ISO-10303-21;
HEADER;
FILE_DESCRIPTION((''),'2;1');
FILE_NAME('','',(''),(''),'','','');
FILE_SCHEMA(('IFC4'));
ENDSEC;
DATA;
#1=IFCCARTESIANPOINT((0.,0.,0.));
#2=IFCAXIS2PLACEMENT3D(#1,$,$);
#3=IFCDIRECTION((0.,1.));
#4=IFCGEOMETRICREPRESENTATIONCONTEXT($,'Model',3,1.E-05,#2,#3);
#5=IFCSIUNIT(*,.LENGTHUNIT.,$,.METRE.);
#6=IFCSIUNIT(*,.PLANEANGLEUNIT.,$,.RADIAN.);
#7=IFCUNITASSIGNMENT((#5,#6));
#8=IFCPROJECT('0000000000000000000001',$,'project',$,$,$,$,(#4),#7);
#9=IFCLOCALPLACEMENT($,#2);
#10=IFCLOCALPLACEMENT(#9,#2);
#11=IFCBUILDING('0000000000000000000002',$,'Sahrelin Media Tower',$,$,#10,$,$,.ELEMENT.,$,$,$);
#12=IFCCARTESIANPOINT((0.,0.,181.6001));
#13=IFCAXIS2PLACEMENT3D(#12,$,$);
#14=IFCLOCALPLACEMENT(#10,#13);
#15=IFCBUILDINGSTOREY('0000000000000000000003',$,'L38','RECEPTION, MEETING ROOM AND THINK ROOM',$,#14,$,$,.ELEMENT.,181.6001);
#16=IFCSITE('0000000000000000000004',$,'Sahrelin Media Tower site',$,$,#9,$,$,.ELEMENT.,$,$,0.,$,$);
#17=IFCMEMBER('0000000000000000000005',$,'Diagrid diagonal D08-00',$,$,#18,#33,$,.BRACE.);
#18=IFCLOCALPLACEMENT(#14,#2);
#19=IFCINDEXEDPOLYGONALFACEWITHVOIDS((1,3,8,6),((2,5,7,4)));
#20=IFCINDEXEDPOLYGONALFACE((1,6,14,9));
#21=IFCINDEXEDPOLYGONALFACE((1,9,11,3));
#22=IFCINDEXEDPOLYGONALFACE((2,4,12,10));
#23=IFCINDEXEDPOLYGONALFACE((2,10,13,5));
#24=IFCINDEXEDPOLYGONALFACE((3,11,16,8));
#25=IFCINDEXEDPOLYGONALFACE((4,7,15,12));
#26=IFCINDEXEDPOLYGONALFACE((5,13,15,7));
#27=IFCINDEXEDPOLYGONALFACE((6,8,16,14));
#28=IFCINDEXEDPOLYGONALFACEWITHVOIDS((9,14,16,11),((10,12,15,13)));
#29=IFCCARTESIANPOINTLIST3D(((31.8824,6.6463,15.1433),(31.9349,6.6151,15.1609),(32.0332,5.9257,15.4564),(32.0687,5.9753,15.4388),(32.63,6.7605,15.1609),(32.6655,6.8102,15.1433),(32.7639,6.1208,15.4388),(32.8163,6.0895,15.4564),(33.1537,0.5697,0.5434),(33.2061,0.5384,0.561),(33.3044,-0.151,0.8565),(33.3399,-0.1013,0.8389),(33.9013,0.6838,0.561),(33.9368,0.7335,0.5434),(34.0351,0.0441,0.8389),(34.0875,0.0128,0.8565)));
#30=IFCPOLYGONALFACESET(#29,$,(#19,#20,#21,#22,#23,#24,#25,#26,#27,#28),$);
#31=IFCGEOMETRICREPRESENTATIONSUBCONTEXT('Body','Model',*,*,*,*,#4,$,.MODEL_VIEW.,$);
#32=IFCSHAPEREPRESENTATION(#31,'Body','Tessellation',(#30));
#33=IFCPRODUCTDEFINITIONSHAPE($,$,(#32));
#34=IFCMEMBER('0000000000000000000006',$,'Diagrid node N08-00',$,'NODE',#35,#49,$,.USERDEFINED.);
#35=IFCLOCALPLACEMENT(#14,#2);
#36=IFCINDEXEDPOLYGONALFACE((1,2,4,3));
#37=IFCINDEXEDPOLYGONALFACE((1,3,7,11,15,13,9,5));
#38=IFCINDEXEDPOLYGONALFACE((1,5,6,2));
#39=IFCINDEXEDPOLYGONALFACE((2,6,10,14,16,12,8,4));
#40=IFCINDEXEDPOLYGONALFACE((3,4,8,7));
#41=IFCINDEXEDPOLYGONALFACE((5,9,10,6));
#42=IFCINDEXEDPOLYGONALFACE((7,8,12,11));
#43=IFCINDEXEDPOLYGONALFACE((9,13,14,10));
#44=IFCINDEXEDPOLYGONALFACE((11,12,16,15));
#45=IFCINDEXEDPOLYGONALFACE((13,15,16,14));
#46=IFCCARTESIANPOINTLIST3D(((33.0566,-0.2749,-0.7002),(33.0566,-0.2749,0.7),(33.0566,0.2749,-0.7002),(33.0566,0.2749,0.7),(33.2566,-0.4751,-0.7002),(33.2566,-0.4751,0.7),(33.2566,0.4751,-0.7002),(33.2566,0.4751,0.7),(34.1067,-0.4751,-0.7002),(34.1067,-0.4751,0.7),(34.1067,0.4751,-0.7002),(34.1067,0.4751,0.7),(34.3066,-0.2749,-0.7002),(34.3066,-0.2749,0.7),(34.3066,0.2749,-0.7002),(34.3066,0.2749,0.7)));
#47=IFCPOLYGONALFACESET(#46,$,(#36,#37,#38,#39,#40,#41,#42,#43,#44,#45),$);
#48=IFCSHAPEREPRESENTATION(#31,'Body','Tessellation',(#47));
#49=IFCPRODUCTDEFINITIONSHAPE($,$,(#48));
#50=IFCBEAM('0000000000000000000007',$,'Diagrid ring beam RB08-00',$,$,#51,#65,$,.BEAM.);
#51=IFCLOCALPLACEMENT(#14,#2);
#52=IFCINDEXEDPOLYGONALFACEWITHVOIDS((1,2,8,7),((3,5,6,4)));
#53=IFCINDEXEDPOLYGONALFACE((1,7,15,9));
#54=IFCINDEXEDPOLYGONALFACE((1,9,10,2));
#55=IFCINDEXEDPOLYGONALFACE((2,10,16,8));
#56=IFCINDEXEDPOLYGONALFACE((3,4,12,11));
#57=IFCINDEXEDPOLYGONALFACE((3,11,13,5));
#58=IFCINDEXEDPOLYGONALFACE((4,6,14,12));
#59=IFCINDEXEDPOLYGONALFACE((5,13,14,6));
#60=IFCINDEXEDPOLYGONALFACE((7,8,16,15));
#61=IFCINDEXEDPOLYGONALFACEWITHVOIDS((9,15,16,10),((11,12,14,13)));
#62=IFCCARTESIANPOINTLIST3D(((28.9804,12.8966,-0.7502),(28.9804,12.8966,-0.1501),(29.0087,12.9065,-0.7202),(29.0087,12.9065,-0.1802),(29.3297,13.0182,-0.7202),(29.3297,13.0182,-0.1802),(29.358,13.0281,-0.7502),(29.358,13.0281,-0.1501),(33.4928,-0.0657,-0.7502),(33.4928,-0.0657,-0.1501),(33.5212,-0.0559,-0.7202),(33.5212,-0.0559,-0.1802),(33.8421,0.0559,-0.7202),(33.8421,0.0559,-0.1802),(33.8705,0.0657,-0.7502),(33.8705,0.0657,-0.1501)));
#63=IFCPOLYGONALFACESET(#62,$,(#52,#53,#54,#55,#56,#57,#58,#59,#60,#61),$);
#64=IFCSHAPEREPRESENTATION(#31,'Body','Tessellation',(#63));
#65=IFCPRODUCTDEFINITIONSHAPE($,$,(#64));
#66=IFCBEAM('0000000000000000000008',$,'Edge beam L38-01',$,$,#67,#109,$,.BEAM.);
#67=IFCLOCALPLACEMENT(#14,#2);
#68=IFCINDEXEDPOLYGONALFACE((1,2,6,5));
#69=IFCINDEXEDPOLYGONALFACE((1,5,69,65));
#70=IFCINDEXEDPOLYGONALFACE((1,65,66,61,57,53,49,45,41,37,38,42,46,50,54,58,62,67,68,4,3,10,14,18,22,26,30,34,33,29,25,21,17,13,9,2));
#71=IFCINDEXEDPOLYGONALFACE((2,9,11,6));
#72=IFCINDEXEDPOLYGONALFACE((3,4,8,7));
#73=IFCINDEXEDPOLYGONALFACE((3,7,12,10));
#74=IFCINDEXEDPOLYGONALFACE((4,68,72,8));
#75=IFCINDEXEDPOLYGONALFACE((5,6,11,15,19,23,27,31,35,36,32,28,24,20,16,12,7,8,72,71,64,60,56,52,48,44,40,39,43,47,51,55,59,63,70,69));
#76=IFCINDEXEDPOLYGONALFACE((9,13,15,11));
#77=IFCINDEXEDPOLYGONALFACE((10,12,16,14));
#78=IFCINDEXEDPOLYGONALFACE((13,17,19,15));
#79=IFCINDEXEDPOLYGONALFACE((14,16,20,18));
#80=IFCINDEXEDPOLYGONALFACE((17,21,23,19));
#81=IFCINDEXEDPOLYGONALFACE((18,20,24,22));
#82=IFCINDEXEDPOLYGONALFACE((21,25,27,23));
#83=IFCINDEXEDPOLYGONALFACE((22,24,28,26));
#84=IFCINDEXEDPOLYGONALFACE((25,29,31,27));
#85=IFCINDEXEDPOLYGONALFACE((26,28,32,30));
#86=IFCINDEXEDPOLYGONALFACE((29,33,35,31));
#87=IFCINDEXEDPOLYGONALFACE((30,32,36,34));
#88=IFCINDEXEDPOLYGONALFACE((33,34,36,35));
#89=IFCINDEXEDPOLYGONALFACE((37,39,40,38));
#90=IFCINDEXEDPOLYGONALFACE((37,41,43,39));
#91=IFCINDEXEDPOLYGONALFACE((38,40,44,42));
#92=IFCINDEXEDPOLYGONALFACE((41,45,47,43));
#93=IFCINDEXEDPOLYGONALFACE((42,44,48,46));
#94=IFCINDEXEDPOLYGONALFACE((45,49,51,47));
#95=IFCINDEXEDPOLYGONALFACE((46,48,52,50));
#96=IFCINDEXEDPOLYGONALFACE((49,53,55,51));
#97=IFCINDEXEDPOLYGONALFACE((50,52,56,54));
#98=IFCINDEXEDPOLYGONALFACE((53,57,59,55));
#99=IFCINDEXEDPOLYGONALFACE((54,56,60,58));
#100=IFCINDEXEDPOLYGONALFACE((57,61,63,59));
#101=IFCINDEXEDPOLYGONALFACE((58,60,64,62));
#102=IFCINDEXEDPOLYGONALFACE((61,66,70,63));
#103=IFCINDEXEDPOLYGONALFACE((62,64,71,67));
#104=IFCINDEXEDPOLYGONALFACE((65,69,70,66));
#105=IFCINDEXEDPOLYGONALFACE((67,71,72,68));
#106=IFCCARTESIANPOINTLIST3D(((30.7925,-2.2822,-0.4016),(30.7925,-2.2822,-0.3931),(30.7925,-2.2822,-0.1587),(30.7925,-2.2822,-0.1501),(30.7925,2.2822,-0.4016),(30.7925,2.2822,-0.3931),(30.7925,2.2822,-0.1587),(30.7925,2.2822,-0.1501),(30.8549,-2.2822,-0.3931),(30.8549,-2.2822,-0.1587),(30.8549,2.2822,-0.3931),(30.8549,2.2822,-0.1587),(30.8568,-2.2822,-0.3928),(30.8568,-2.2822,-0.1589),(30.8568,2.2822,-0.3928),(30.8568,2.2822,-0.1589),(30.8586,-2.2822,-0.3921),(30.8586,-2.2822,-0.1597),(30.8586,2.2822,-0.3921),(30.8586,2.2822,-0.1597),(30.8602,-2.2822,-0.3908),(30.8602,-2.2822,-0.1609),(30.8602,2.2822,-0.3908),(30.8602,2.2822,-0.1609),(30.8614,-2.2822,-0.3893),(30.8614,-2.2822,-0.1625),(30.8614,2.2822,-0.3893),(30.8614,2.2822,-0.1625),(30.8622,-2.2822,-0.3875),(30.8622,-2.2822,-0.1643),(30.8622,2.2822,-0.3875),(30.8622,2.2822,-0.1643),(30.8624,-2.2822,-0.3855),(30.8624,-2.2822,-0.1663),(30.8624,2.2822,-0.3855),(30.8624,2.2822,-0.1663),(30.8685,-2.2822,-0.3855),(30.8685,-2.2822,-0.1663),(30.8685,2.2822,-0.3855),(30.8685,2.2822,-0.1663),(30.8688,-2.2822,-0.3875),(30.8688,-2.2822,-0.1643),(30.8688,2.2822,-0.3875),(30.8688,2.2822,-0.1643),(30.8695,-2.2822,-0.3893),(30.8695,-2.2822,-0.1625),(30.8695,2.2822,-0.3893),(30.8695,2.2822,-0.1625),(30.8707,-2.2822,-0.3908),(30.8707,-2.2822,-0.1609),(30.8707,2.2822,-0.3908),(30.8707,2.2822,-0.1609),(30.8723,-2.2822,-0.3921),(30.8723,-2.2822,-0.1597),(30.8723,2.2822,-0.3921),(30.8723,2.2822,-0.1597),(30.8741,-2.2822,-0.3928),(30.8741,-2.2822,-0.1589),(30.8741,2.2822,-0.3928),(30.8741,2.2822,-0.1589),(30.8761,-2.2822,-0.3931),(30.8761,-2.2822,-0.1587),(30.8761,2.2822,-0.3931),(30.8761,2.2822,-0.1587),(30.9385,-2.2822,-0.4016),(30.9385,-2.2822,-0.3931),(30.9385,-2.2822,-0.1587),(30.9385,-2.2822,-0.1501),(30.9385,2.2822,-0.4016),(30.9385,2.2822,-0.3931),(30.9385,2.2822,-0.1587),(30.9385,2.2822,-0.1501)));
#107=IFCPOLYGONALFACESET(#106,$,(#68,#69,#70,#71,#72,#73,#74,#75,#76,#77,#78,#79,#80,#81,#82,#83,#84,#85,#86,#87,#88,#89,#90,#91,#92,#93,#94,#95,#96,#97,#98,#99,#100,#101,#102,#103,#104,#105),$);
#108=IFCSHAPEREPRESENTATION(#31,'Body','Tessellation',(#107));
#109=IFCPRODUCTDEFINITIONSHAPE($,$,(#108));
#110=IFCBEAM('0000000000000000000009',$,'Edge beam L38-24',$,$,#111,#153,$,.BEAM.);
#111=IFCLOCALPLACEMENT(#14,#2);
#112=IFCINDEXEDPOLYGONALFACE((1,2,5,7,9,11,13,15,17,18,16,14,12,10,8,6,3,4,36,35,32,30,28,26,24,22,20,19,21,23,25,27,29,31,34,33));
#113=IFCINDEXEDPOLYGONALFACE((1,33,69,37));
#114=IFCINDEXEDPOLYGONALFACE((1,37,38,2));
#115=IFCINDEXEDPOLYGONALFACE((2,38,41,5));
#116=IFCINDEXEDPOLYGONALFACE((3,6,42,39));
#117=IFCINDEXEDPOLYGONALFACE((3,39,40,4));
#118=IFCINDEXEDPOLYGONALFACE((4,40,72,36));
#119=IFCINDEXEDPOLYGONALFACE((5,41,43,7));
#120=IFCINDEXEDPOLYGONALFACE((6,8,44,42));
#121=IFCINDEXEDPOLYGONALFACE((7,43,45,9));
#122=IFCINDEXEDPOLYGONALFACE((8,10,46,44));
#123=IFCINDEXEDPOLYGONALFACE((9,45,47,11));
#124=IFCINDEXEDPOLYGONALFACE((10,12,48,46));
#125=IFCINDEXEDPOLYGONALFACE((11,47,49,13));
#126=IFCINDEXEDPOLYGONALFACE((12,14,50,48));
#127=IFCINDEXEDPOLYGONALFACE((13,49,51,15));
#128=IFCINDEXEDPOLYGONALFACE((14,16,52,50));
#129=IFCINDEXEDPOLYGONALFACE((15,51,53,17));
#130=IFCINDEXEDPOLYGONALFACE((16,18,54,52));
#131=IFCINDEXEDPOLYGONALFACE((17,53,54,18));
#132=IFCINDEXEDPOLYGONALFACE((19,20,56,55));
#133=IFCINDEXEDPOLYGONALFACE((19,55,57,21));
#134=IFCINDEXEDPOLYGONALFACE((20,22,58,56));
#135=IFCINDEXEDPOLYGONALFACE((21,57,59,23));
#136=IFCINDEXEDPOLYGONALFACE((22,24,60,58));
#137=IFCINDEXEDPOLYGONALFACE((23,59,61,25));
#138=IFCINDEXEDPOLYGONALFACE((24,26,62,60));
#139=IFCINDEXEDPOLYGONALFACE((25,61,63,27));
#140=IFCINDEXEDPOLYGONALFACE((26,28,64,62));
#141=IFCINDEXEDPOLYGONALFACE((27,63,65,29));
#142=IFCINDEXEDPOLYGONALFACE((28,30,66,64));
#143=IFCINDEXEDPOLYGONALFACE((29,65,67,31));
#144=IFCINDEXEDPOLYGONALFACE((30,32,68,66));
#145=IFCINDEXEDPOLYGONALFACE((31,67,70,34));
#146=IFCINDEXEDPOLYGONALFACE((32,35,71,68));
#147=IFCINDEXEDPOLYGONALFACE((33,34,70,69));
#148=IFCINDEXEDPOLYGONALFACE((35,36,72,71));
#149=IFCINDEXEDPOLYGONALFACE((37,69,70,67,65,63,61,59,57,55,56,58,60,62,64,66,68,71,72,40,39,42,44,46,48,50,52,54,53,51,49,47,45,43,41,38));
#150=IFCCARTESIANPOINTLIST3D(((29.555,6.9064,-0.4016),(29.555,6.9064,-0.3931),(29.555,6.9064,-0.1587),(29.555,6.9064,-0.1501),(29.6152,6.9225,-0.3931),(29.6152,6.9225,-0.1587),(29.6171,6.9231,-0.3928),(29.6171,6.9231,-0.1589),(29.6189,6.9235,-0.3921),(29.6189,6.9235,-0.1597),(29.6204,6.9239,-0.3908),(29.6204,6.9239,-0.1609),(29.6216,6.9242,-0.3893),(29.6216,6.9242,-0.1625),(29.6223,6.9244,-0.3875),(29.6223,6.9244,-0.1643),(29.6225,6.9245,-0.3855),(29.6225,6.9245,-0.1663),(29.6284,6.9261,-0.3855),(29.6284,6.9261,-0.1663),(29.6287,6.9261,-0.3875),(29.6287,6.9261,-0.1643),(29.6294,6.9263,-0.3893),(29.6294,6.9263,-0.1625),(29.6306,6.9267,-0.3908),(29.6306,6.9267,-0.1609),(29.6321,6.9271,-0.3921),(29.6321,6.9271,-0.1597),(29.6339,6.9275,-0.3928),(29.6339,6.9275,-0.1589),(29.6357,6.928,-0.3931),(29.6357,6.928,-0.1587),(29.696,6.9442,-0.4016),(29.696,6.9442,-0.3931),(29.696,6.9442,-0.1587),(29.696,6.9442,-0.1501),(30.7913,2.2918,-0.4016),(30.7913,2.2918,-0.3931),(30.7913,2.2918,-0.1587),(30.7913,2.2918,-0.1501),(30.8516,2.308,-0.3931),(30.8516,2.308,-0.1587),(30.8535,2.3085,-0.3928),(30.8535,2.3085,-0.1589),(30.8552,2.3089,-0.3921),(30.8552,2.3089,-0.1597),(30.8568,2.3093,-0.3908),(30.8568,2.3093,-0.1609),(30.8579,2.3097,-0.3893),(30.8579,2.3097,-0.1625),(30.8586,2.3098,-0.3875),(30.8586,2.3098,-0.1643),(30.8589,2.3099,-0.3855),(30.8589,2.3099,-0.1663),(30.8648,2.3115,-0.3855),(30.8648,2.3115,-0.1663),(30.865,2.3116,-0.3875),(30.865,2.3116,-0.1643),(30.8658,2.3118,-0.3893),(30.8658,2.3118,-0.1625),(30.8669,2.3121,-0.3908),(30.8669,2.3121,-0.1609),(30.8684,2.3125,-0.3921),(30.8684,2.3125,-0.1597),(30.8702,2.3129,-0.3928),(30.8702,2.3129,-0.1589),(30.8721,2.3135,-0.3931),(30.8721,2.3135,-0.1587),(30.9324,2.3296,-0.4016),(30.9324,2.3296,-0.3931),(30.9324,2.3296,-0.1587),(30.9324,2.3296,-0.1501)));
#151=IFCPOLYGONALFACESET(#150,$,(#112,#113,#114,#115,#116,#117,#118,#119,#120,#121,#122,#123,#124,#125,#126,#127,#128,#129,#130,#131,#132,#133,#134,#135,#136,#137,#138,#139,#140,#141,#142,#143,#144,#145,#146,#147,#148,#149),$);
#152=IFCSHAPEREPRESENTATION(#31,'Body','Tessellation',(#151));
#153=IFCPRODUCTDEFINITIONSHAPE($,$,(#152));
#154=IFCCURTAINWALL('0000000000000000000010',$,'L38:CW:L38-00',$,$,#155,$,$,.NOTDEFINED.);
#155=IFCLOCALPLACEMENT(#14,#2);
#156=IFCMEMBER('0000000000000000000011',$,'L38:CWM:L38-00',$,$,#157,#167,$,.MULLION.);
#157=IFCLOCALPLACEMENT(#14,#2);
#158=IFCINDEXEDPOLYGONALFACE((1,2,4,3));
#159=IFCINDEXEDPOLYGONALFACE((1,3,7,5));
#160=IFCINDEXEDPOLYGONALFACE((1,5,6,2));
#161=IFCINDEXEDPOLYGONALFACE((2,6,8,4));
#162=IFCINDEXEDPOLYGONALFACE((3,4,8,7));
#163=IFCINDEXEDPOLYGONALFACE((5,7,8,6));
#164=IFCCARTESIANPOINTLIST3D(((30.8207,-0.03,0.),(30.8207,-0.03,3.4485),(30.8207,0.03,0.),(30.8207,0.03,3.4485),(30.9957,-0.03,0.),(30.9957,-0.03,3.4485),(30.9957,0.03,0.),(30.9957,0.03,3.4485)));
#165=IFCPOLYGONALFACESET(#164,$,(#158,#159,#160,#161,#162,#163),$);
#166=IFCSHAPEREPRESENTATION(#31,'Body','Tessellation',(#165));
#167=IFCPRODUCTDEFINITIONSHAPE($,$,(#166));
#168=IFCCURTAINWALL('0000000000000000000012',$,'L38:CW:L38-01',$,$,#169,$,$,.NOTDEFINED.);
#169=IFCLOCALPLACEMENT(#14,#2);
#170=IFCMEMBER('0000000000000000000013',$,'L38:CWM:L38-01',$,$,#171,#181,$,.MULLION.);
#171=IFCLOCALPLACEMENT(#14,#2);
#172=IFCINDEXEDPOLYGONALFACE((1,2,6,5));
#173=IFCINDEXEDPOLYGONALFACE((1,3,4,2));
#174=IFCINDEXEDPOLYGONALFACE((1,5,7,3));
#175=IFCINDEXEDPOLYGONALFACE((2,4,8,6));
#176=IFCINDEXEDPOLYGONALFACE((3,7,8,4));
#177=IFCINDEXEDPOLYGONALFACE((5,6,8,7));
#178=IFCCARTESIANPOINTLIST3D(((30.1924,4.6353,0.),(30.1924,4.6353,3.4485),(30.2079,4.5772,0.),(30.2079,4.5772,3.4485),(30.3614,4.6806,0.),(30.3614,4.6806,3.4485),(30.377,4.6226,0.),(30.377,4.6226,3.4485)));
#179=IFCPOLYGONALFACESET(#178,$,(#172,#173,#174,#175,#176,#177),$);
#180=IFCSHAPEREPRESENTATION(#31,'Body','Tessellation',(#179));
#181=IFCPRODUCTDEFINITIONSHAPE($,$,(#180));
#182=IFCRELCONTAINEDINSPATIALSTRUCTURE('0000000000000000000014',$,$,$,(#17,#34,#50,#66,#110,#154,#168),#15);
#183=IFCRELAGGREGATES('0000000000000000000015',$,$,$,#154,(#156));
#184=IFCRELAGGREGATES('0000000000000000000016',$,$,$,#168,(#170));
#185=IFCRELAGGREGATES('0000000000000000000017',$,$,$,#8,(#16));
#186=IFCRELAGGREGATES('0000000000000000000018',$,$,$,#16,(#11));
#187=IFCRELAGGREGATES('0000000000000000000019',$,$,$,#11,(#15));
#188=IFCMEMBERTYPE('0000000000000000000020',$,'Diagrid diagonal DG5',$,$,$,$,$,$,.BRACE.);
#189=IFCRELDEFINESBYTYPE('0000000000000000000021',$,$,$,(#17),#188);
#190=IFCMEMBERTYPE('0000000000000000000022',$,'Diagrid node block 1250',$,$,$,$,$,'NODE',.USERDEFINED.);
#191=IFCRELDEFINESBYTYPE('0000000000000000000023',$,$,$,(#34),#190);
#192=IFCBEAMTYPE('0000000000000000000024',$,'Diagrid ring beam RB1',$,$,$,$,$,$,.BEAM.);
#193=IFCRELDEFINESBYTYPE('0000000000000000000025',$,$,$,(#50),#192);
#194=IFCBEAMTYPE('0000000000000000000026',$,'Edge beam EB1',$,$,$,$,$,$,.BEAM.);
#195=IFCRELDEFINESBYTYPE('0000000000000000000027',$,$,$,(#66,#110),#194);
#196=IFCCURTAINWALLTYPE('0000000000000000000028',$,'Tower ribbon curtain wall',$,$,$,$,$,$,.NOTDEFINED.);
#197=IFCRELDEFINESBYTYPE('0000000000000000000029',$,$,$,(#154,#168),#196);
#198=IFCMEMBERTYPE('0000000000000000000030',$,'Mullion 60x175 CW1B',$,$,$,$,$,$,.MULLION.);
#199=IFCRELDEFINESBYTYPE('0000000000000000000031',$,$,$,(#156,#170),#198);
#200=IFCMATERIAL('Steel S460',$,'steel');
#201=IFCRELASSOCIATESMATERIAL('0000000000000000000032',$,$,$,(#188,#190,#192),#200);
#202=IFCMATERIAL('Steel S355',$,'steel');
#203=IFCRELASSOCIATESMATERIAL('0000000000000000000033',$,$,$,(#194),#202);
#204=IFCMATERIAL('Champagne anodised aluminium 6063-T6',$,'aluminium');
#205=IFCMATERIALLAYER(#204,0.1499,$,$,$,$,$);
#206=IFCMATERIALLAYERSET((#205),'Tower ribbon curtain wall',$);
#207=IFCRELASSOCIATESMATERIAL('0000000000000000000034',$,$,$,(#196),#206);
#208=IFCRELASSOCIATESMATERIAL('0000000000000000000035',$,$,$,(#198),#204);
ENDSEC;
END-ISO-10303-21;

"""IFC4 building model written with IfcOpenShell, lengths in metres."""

from ifc_helpers import new_model, si_unit, direction, frame, origin, origin_2d, place, context, subcontext, project, spatial, polyline, rectangle, hollow_rectangle, i_section, outline, extrude, material, layer, layer_set, material_profile, profile_set, type_object, element, aggregate, save


model = new_model("IFC4")

# Units and contexts
model_context = context("Model", 3, precision=1e-05, world=origin(), true_north=direction((0.0, 1.0)))
body_context = subcontext(model_context, "Body", "Model", "MODEL_VIEW")
ifc_project = project(units=[si_unit("LENGTHUNIT", "METRE"), si_unit("PLANEANGLEUNIT", "RADIAN")], contexts=[model_context])

# Site, building, storey
site_placement = place(None, origin())
site = spatial("IfcSite", under=ifc_project, at=site_placement, Name="Sahrelin Media Tower site", CompositionType="ELEMENT", RefElevation=0.0)
building_placement = place(site_placement, origin())
building = spatial("IfcBuilding", under=site, at=building_placement, Name="Sahrelin Media Tower", CompositionType="ELEMENT")
storey_placement = place(building_placement, frame((0.0, 0.0, 181.6001)))
storey = spatial("IfcBuildingStorey", under=building, at=storey_placement, Name="L38", Description="RECEPTION, MEETING ROOM AND THINK ROOM", CompositionType="ELEMENT", Elevation=181.6001)

# Members
ifc_material_1 = material(Name="Steel S460", Category="steel")
ifc_material_profile_1 = material_profile(ifc_material_1, hollow_rectangle(XDim=0.8, YDim=0.8, WallThickness=0.0449, at=origin_2d()), Name="Diagrid diagonal DG5")
ifc_profile_set_1 = profile_set([ifc_material_profile_1], Name="Steel S460")
member_type_1 = type_object("IfcMemberType", Name="Diagrid diagonal DG5", PredefinedType="BRACE", material=ifc_profile_set_1)
member_1_placement = place(storey_placement, frame((33.6206, 0.2913, 0.7), z_axis=(-0.080129, 0.383024, 0.920257), x_axis=(-0.978811, -0.204768, 0.0)))
element("IfcMember", 1, at=member_1_placement, inside=storey, type_object=member_type_1, Name="Diagrid diagonal D08-00", PredefinedType="BRACE", context=body_context, shape_type="SweptSolid", body=[
    extrude(hollow_rectangle(XDim=0.8, YDim=0.8, WallThickness=0.0449, at=origin_2d()), origin(), (0.0, 0.0, 1.0), 15.865),
])
ifc_material_profile_2 = material_profile(ifc_material_1, outline(polyline([(0.425, -0.4751), (0.625, -0.2749), (0.625, 0.2749), (0.425, 0.4751), (-0.425, 0.4751), (-0.625, 0.2749), (-0.625, -0.2749), (-0.425, -0.4751), (0.425, -0.4751)])), Name="Diagrid node block 1250")
ifc_profile_set_2 = profile_set([ifc_material_profile_2], Name="Steel S460")
member_type_2 = type_object("IfcMemberType", Name="Diagrid node block 1250", ElementType="NODE", PredefinedType="USERDEFINED", material=ifc_profile_set_2)
member_2_placement = place(storey_placement, frame((33.6816, 0.0, -0.7002), z_axis=(0.0, 0.0, 1.0), x_axis=(1.0, 0.0, 0.0)))
element("IfcMember", 2, at=member_2_placement, inside=storey, type_object=member_type_2, Name="Diagrid node N08-00", ObjectType="NODE", PredefinedType="USERDEFINED", context=body_context, shape_type="SweptSolid", body=[
    extrude(outline(polyline([(0.425, -0.4751), (0.625, -0.2749), (0.625, 0.2749), (0.425, 0.4751), (-0.425, 0.4751), (-0.625, 0.2749), (-0.625, -0.2749), (-0.425, -0.4751), (0.425, -0.4751)])), origin(), (0.0, 0.0, 1.0), 1.4001),
])

# Beams
ifc_material_profile_3 = material_profile(ifc_material_1, hollow_rectangle(XDim=0.3999, YDim=0.6001, WallThickness=0.03, at=origin_2d()), Name="Diagrid ring beam RB1")
ifc_profile_set_3 = profile_set([ifc_material_profile_3], Name="Steel S460")
beam_type_1 = type_object("IfcBeamType", Name="Diagrid ring beam RB1", PredefinedType="BEAM", material=ifc_profile_set_3)
beam_1_placement = place(storey_placement, frame((33.6816, 0.0, -0.4502), z_axis=(-0.328767, 0.944411, 0.0), x_axis=(-0.944411, -0.328767, 0.0)))
element("IfcBeam", 3, at=beam_1_placement, inside=storey, type_object=beam_type_1, Name="Diagrid ring beam RB08-00", PredefinedType="BEAM", context=body_context, shape_type="SweptSolid", body=[
    extrude(hollow_rectangle(XDim=0.3999, YDim=0.6001, WallThickness=0.03, at=origin_2d()), origin(), (0.0, 0.0, 1.0), 13.7253),
])
ifc_material_2 = material(Name="Steel S355", Category="steel")
ifc_material_profile_4 = material_profile(ifc_material_2, i_section(OverallWidth=0.146, OverallDepth=0.2515, WebThickness=0.0061, FlangeThickness=0.0085, FilletRadius=0.0076, at=origin_2d()), Name="UB 254x146x31")
ifc_profile_set_4 = profile_set([ifc_material_profile_4], Name="Steel S355")
beam_type_2 = type_object("IfcBeamType", Name="Edge beam EB1", PredefinedType="BEAM", material=ifc_profile_set_4)
beam_2_placement = place(storey_placement, frame((30.8655, 2.2822, -0.2759), z_axis=(0.0, -1.0, 0.0), x_axis=(1.0, 0.0, 0.0)))
element("IfcBeam", 4, at=beam_2_placement, inside=storey, type_object=beam_type_2, Name="Edge beam L38-01", PredefinedType="BEAM", context=body_context, shape_type="SweptSolid", body=[
    extrude(i_section(OverallWidth=0.146, OverallDepth=0.2515, WebThickness=0.0061, FlangeThickness=0.0085, FilletRadius=0.0076, at=origin_2d()), origin(), (0.0, 0.0, 1.0), 4.5645),
])
beam_3_placement = place(storey_placement, frame((29.6255, 6.9253, -0.2759), z_axis=(0.258795, -0.965932, 0.0), x_axis=(0.965932, 0.258795, 0.0)))
element("IfcBeam", 5, at=beam_3_placement, inside=storey, type_object=beam_type_2, Name="Edge beam L38-24", PredefinedType="BEAM", context=body_context, shape_type="SweptSolid", body=[
    extrude(i_section(OverallWidth=0.146, OverallDepth=0.2515, WebThickness=0.0061, FlangeThickness=0.0085, FilletRadius=0.0076, at=origin_2d()), origin(), (0.0, 0.0, 1.0), 4.7773),
])

# Curtain walls, members
ifc_material_3 = material(Name="Champagne anodised aluminium 6063-T6", Category="aluminium")
ifc_layer_1 = layer(ifc_material_3, 0.1499)
ifc_layer_set_1 = layer_set([ifc_layer_1], Name="Tower ribbon curtain wall")
curtain_wall_type = type_object("IfcCurtainWallType", Name="Tower ribbon curtain wall", PredefinedType="NOTDEFINED", material=ifc_layer_set_1)
curtain_wall_1_placement = place(storey_placement, frame((31.0156, 0.0, 0.0), z_axis=(0.0, 0.0, 1.0), x_axis=(1.0, 0.0, 0.0)))
curtain_wall_1 = element("IfcCurtainWall", 6, at=curtain_wall_1_placement, inside=storey, type_object=curtain_wall_type, Name="L38:CW:L38-00", PredefinedType="NOTDEFINED")
ifc_material_profile_5 = material_profile(ifc_material_3, rectangle(XDim=0.0601, YDim=0.175, at=origin_2d()), Name="Mullion 60x175")
ifc_profile_set_5 = profile_set([ifc_material_profile_5], Name="Champagne anodised aluminium 6063-T6")
member_type_3 = type_object("IfcMemberType", Name="Mullion 60x175 CW1B", PredefinedType="MULLION", material=ifc_profile_set_5)
member_3_placement = place(storey_placement, frame((30.9082, 0.0, 0.0), z_axis=(0.0, 0.0, 1.0), x_axis=(0.0, 1.0, 0.0)))
member_3 = element("IfcMember", 7, at=member_3_placement, type_object=member_type_3, Name="L38:CWM:L38-00", PredefinedType="MULLION", context=body_context, shape_type="SweptSolid", body=[
    extrude(rectangle(XDim=0.0601, YDim=0.175, at=origin_2d()), origin(), (0.0, 0.0, 1.0), 3.4485),
])
aggregate(curtain_wall_1, [member_3])
curtain_wall_2_placement = place(storey_placement, frame((30.3884, 4.6567, 0.0), z_axis=(0.0, 0.0, 1.0), x_axis=(1.0, 0.0, 0.0)))
curtain_wall_2 = element("IfcCurtainWall", 8, at=curtain_wall_2_placement, inside=storey, type_object=curtain_wall_type, Name="L38:CW:L38-01", PredefinedType="NOTDEFINED")
member_4_placement = place(storey_placement, frame((30.2847, 4.6289, 0.0), z_axis=(0.0, 0.0, 1.0), x_axis=(-0.258831, 0.965923, 0.0)))
member_4 = element("IfcMember", 9, at=member_4_placement, type_object=member_type_3, Name="L38:CWM:L38-01", PredefinedType="MULLION", context=body_context, shape_type="SweptSolid", body=[
    extrude(rectangle(XDim=0.0601, YDim=0.175, at=origin_2d()), origin(), (0.0, 0.0, 1.0), 3.4485),
])

aggregate(curtain_wall_2, [member_4])

save(model, "model.ifc")
